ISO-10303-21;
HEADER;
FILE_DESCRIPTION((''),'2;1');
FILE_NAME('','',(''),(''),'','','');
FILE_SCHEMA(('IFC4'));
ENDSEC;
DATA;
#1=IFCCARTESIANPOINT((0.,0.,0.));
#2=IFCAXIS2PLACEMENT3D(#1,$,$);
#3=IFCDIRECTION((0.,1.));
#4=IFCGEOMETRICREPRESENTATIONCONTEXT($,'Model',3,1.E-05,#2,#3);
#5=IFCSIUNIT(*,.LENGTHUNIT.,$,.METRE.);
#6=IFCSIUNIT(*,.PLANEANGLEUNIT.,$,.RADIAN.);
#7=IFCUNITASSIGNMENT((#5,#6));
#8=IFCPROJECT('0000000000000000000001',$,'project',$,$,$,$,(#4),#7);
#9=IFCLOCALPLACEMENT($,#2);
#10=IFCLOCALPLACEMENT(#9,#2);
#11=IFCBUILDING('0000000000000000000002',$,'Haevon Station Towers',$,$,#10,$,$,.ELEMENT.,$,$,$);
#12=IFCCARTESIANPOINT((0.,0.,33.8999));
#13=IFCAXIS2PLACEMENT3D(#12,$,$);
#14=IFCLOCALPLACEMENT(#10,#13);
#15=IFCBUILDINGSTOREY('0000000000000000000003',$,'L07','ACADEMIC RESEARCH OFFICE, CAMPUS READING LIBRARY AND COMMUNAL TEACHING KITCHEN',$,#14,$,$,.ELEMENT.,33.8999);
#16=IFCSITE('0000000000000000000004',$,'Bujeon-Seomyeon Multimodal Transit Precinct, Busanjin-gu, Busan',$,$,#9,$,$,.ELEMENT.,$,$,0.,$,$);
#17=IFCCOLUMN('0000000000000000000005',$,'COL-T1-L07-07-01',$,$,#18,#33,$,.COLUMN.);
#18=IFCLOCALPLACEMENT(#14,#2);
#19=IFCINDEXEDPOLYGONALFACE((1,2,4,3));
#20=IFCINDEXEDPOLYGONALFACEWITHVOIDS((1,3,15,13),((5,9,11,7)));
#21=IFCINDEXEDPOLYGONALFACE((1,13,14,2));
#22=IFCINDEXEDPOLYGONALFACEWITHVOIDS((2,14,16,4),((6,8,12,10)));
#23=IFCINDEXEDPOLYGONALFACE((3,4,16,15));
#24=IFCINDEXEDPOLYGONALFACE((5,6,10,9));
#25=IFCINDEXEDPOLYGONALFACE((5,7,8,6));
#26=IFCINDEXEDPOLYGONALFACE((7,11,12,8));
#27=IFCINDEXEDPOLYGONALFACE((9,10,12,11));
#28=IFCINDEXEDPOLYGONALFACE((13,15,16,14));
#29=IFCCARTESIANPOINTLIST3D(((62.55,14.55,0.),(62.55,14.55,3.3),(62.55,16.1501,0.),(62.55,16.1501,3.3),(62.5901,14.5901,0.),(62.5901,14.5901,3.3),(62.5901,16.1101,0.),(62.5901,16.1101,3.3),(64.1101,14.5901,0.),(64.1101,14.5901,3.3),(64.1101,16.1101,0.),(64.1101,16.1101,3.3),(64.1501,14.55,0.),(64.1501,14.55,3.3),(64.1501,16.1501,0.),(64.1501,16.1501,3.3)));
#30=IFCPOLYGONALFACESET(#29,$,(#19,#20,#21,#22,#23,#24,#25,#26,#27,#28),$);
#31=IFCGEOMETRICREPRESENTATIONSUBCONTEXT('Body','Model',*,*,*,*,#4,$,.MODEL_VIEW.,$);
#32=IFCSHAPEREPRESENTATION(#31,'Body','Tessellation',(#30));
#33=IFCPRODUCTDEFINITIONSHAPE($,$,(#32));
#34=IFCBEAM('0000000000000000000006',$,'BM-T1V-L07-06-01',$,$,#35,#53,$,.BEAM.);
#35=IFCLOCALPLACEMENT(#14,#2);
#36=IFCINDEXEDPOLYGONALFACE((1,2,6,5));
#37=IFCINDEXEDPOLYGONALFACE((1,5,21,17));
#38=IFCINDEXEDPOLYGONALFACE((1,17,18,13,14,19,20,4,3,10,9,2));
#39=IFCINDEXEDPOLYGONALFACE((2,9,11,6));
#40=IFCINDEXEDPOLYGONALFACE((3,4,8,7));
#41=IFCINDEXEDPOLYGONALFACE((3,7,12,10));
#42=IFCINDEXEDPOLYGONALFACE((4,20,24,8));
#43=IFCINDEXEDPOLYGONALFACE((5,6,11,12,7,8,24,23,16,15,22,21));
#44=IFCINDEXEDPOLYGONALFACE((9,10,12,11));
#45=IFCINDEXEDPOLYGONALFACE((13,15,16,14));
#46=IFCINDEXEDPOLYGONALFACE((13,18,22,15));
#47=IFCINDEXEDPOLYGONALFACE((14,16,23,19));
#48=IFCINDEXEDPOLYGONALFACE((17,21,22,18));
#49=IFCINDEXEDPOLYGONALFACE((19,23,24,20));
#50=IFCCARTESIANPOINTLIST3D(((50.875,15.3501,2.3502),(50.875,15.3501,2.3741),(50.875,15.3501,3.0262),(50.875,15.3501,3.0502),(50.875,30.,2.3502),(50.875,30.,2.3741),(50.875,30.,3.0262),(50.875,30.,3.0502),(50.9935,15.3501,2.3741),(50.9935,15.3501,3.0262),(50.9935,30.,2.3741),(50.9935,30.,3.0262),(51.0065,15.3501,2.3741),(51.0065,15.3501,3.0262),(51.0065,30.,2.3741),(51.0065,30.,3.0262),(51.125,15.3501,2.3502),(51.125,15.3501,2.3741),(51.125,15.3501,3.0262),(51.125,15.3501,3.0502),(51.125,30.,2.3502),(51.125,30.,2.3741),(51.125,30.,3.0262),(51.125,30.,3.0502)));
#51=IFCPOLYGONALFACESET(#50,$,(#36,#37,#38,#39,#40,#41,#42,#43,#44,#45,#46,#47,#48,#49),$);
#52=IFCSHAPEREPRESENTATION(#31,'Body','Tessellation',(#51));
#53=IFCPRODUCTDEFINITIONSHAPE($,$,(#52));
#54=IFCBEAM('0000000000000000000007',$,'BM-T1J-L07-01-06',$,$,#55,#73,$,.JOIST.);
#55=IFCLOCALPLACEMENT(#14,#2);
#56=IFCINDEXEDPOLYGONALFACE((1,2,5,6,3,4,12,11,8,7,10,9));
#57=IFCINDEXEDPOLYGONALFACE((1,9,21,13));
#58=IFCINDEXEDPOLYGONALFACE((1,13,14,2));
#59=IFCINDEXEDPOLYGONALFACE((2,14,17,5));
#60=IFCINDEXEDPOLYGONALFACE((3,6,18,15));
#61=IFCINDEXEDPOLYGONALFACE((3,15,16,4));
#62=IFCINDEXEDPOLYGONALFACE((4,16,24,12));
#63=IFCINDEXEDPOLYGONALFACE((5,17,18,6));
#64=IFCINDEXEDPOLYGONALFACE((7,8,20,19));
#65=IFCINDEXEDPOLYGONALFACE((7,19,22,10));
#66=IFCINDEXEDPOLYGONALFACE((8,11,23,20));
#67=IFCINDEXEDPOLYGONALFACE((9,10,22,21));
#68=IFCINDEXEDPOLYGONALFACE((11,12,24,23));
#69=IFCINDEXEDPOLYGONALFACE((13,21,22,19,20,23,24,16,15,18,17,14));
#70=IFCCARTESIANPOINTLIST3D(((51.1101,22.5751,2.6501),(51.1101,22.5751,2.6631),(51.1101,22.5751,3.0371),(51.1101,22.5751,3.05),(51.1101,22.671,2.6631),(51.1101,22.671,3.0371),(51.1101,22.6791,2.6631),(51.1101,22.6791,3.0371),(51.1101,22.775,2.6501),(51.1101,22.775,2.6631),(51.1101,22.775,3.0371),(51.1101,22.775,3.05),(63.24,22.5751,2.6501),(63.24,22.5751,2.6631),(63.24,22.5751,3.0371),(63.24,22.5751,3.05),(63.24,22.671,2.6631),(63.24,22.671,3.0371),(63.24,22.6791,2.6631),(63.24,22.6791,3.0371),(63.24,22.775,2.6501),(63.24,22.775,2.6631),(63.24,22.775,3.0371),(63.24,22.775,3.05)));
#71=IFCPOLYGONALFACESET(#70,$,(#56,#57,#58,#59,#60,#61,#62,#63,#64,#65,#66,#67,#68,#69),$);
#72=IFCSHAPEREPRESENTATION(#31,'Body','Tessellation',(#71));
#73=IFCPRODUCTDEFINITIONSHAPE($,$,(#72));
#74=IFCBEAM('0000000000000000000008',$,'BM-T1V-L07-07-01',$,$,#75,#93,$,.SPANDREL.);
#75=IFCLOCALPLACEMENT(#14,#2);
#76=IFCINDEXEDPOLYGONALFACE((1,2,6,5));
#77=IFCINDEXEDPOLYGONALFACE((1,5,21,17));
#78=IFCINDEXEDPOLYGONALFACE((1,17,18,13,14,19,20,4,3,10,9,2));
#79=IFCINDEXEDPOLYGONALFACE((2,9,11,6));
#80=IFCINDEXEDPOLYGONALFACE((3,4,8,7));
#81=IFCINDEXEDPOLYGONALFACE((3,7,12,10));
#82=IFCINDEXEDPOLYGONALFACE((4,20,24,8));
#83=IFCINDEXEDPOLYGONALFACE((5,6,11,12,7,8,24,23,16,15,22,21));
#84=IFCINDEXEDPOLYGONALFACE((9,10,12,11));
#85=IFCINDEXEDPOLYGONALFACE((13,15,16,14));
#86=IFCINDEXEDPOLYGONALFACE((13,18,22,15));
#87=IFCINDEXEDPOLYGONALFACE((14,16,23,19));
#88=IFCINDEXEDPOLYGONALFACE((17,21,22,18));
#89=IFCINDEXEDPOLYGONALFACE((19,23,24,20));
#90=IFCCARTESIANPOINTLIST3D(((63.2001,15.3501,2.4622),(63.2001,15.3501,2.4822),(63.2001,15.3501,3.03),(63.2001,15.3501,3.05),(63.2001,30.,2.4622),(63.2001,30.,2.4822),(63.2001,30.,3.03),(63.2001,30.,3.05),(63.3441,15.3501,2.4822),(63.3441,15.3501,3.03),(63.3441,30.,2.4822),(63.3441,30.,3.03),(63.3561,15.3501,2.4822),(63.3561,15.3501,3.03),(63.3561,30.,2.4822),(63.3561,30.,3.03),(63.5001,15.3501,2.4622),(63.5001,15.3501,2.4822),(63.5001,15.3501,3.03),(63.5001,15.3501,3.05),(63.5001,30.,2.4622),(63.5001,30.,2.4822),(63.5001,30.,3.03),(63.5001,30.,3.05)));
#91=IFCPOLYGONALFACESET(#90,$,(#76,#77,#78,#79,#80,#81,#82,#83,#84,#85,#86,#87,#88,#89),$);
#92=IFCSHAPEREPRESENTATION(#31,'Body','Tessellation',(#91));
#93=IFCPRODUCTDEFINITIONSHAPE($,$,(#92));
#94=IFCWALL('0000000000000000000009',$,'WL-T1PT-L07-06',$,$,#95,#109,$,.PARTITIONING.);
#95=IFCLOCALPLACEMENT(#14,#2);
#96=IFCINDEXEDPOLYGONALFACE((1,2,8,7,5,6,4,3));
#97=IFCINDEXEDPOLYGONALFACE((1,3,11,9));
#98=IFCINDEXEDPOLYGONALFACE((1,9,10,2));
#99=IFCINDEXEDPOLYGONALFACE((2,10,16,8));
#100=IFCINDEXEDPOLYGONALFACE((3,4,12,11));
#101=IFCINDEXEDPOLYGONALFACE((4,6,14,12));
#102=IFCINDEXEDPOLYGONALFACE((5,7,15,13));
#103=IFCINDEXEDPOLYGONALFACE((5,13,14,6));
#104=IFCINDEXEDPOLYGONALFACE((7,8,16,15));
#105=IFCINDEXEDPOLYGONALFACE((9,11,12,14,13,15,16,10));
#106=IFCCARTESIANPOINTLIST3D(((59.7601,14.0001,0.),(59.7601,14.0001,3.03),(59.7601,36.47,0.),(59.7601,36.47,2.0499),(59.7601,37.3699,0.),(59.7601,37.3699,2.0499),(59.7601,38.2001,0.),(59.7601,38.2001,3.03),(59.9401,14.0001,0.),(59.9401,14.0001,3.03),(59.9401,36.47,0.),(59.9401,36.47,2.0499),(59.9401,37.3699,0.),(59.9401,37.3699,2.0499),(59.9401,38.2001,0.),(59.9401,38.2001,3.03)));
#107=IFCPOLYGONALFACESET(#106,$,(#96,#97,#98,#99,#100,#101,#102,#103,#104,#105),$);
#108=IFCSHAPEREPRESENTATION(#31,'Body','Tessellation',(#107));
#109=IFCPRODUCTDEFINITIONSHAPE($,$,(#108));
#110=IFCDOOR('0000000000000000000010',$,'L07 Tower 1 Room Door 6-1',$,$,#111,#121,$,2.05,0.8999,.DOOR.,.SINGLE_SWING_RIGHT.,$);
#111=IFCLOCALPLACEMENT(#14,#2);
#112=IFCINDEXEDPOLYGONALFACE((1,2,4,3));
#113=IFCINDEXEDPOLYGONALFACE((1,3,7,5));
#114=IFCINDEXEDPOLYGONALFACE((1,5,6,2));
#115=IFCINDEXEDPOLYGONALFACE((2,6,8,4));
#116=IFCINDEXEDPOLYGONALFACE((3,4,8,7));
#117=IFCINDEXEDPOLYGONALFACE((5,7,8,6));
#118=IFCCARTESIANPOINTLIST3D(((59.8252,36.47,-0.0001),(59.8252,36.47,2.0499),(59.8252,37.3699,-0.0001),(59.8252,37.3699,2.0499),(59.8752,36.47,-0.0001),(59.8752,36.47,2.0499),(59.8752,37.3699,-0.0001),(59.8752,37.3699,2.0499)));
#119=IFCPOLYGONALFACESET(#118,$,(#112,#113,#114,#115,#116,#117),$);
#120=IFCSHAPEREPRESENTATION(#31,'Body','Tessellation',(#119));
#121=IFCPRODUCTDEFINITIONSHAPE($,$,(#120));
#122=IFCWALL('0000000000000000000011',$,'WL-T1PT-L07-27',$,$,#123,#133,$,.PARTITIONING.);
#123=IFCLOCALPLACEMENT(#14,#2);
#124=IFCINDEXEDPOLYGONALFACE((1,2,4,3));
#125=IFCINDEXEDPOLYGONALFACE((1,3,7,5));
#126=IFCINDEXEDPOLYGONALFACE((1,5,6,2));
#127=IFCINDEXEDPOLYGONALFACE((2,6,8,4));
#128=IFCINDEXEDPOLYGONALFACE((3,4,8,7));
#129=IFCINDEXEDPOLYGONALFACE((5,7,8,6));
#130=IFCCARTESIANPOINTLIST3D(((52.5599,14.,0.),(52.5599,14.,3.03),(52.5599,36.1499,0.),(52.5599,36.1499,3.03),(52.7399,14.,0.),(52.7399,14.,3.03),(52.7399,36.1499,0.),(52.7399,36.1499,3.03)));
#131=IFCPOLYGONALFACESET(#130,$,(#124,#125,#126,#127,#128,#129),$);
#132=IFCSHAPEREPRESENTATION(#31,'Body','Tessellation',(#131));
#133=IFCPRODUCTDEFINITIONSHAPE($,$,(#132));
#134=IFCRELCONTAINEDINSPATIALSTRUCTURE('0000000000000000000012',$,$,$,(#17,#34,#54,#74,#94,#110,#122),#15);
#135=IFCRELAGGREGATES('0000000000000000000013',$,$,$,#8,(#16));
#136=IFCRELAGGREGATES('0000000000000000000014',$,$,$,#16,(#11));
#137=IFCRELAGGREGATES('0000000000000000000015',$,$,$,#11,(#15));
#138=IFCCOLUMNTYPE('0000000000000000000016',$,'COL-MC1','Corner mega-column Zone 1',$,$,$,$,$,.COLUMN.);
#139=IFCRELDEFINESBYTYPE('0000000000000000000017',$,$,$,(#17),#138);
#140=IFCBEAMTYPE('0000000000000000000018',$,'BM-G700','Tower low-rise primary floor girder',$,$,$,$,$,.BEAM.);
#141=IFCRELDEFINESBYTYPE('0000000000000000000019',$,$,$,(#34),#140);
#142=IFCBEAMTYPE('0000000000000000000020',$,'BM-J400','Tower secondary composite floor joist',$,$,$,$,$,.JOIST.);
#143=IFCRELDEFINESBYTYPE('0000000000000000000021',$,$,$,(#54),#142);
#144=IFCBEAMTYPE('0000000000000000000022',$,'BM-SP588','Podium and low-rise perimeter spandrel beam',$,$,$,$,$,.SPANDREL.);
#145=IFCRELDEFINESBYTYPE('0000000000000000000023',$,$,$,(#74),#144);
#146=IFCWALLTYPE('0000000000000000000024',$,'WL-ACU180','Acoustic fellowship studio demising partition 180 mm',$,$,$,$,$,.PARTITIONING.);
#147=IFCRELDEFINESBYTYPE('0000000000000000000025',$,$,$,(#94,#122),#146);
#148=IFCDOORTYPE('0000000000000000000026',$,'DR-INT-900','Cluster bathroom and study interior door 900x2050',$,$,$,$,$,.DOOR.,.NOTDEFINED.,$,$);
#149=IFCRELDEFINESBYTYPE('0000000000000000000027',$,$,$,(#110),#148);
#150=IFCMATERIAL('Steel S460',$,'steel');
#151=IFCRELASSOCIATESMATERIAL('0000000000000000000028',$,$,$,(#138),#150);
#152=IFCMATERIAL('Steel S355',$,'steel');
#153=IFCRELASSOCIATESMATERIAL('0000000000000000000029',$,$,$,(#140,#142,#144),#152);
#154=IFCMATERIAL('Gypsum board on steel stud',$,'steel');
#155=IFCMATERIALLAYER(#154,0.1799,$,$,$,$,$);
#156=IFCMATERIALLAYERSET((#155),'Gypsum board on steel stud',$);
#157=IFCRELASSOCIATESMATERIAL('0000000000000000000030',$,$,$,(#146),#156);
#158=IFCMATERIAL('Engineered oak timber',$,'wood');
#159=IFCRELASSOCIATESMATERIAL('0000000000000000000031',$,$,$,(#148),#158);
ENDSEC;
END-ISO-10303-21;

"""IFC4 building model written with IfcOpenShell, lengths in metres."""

from ifc_helpers import new_model, si_unit, direction, frame, frame_2d, origin, origin_2d, place, context, subcontext, project, spatial, rectangle, hollow_rectangle, i_section, extrude, material, layer, layer_set, material_profile, profile_set, type_object, element, fill, save


model = new_model("IFC4")

# Units and contexts
model_context = context("Model", 3, precision=1e-05, world=origin(), true_north=direction((0.0, 1.0)))
body_context = subcontext(model_context, "Body", "Model", "MODEL_VIEW")
ifc_project = project(units=[si_unit("LENGTHUNIT", "METRE"), si_unit("PLANEANGLEUNIT", "RADIAN")], contexts=[model_context])

# Site, building, storey
site_placement = place(None, origin())
site = spatial("IfcSite", under=ifc_project, at=site_placement, Name="Bujeon-Seomyeon Multimodal Transit Precinct, Busanjin-gu, Busan", CompositionType="ELEMENT", RefElevation=0.0)
building_placement = place(site_placement, origin())
building = spatial("IfcBuilding", under=site, at=building_placement, Name="Haevon Station Towers", CompositionType="ELEMENT")
storey_placement = place(building_placement, frame((0.0, 0.0, 33.8999)))
storey = spatial("IfcBuildingStorey", under=building, at=storey_placement, Name="L07", Description="ACADEMIC RESEARCH OFFICE, CAMPUS READING LIBRARY AND COMMUNAL TEACHING KITCHEN", CompositionType="ELEMENT", Elevation=33.8999)

# Column
ifc_material_1 = material(Name="Steel S460", Category="steel")
ifc_material_profile_1 = material_profile(ifc_material_1, hollow_rectangle(XDim=1.6001, YDim=1.6001, WallThickness=0.04, at=origin_2d()), Name="BOX-1600x1600x40")
ifc_profile_set_1 = profile_set([ifc_material_profile_1], Name="Steel S460")
column_type = type_object("IfcColumnType", Name="COL-MC1", Description="Corner mega-column Zone 1", PredefinedType="COLUMN", material=ifc_profile_set_1)
column_placement = place(storey_placement, frame((63.3501, 15.3501, 0.0), z_axis=(0.0, 0.0, 1.0), x_axis=(1.0, 0.0, 0.0)))
element("IfcColumn", 1, at=column_placement, inside=storey, type_object=column_type, Name="COL-T1-L07-07-01", PredefinedType="COLUMN", context=body_context, shape_type="SweptSolid", body=[
    extrude(hollow_rectangle(XDim=1.6001, YDim=1.6001, WallThickness=0.04, at=origin_2d()), origin(), (0.0, 0.0, 1.0), 3.3),
])

# Beams
ifc_material_2 = material(Name="Steel S355", Category="steel")
ifc_material_profile_2 = material_profile(ifc_material_2, i_section(OverallWidth=0.25, OverallDepth=0.7, WebThickness=0.0129, FlangeThickness=0.0239, at=origin_2d()), Name="H-700x250x13x24")
ifc_profile_set_2 = profile_set([ifc_material_profile_2], Name="Steel S355")
beam_type_1 = type_object("IfcBeamType", Name="BM-G700", Description="Tower low-rise primary floor girder", PredefinedType="BEAM", material=ifc_profile_set_2)
beam_1_placement = place(storey_placement, frame((51.0, 15.3501, 2.7002), z_axis=(0.0, 1.0, 0.0), x_axis=(-1.0, 0.0, 0.0)))
element("IfcBeam", 2, at=beam_1_placement, inside=storey, type_object=beam_type_1, Name="BM-T1V-L07-06-01", PredefinedType="BEAM", context=body_context, shape_type="SweptSolid", body=[
    extrude(i_section(OverallWidth=0.25, OverallDepth=0.7, WebThickness=0.0129, FlangeThickness=0.0239, at=origin_2d()), origin(), (0.0, 0.0, 1.0), 14.6499),
])
ifc_material_profile_3 = material_profile(ifc_material_2, i_section(OverallWidth=0.2, OverallDepth=0.3999, WebThickness=0.0081, FlangeThickness=0.0129, at=origin_2d()), Name="H-400x200x8x13")
ifc_profile_set_3 = profile_set([ifc_material_profile_3], Name="Steel S355")
beam_type_2 = type_object("IfcBeamType", Name="BM-J400", Description="Tower secondary composite floor joist", PredefinedType="JOIST", material=ifc_profile_set_3)
beam_2_placement = place(storey_placement, frame((51.1101, 22.675, 2.8501), z_axis=(1.0, 0.0, 0.0), x_axis=(0.0, 1.0, 0.0)))
element("IfcBeam", 3, at=beam_2_placement, inside=storey, type_object=beam_type_2, Name="BM-T1J-L07-01-06", PredefinedType="JOIST", context=body_context, shape_type="SweptSolid", body=[
    extrude(i_section(OverallWidth=0.2, OverallDepth=0.3999, WebThickness=0.0081, FlangeThickness=0.0129, at=origin_2d()), origin(), (0.0, 0.0, 1.0), 12.1299),
])
ifc_material_profile_4 = material_profile(ifc_material_2, i_section(OverallWidth=0.3, OverallDepth=0.5879, WebThickness=0.012, FlangeThickness=0.02, at=origin_2d()), Name="H-588x300x12x20")
ifc_profile_set_4 = profile_set([ifc_material_profile_4], Name="Steel S355")
beam_type_3 = type_object("IfcBeamType", Name="BM-SP588", Description="Podium and low-rise perimeter spandrel beam", PredefinedType="SPANDREL", material=ifc_profile_set_4)
beam_3_placement = place(storey_placement, frame((63.3501, 15.3501, 2.7561), z_axis=(0.0, 1.0, 0.0), x_axis=(-1.0, 0.0, 0.0)))
element("IfcBeam", 4, at=beam_3_placement, inside=storey, type_object=beam_type_3, Name="BM-T1V-L07-07-01", PredefinedType="SPANDREL", context=body_context, shape_type="SweptSolid", body=[
    extrude(i_section(OverallWidth=0.3, OverallDepth=0.5879, WebThickness=0.012, FlangeThickness=0.02, at=origin_2d()), origin(), (0.0, 0.0, 1.0), 14.6499),
])

# Wall, opening, door
ifc_material_3 = material(Name="Gypsum board on steel stud", Category="steel")
ifc_layer_1 = layer(ifc_material_3, 0.1799)
ifc_layer_set_1 = layer_set([ifc_layer_1], Name="Gypsum board on steel stud")
wall_type_1 = type_object("IfcWallType", Name="WL-ACU180", Description="Acoustic fellowship studio demising partition 180 mm", PredefinedType="PARTITIONING", material=ifc_layer_set_1)
wall_1_placement = place(storey_placement, frame((59.8501, 14.0, 0.0), z_axis=(0.0, 0.0, 1.0), x_axis=(0.0, 1.0, 0.0)))
wall_1 = element("IfcWall", 5, at=wall_1_placement, inside=storey, type_object=wall_type_1, Name="WL-T1PT-L07-06", PredefinedType="PARTITIONING", context=body_context, shape_type="SweptSolid", body=[
    extrude(rectangle(XDim=24.2, YDim=0.1799, at=frame_2d((12.1001, 0.0))), origin(), (0.0, 0.0, 1.0), 3.03),
])
opening_1_placement = place(wall_1_placement, frame((22.47, 0.0, 0.0)))
opening_1 = element("IfcOpeningElement", 6, at=opening_1_placement, cuts=wall_1, PredefinedType="OPENING", context=body_context, shape_type="SweptSolid", body=[
    extrude(rectangle(XDim=0.8999, YDim=2.05, at=frame_2d((0.45, 1.0249))), frame((0.0, 0.0999, 0.0), z_axis=(0.0, -1.0, 0.0), x_axis=(1.0, 0.0, 0.0)), (0.0, 0.0, 1.0), 0.2),
])
ifc_material_4 = material(Name="Engineered oak timber", Category="wood")
door_type = type_object("IfcDoorType", Name="DR-INT-900", Description="Cluster bathroom and study interior door 900x2050", OperationType="NOTDEFINED", PredefinedType="DOOR", material=ifc_material_4)
door_placement = place(opening_1_placement, origin())
door = element("IfcDoor", 7, at=door_placement, inside=storey, type_object=door_type, Name="L07 Tower 1 Room Door 6-1", OperationType="SINGLE_SWING_RIGHT", OverallHeight=2.05, OverallWidth=0.8999, PredefinedType="DOOR", context=body_context, shape_type="SweptSolid", body=[
    extrude(rectangle(XDim=0.8999, YDim=2.05, at=frame_2d((0.45, 1.0249))), frame((0.0, 0.0249, 0.0), z_axis=(0.0, -1.0, 0.0), x_axis=(1.0, 0.0, 0.0)), (0.0, 0.0, 1.0), 0.05),
])
fill(opening_1, door)

# Wall
wall_2_placement = place(storey_placement, frame((52.6499, 14.0, 0.0), z_axis=(0.0, 0.0, 1.0), x_axis=(0.0, 1.0, 0.0)))
element("IfcWall", 8, at=wall_2_placement, inside=storey, type_object=wall_type_1, Name="WL-T1PT-L07-27", PredefinedType="PARTITIONING", context=body_context, shape_type="SweptSolid", body=[
    extrude(rectangle(XDim=22.1499, YDim=0.1799, at=frame_2d((11.075, 0.0))), origin(), (0.0, 0.0, 1.0), 3.03),
])

save(model, "model.ifc")
